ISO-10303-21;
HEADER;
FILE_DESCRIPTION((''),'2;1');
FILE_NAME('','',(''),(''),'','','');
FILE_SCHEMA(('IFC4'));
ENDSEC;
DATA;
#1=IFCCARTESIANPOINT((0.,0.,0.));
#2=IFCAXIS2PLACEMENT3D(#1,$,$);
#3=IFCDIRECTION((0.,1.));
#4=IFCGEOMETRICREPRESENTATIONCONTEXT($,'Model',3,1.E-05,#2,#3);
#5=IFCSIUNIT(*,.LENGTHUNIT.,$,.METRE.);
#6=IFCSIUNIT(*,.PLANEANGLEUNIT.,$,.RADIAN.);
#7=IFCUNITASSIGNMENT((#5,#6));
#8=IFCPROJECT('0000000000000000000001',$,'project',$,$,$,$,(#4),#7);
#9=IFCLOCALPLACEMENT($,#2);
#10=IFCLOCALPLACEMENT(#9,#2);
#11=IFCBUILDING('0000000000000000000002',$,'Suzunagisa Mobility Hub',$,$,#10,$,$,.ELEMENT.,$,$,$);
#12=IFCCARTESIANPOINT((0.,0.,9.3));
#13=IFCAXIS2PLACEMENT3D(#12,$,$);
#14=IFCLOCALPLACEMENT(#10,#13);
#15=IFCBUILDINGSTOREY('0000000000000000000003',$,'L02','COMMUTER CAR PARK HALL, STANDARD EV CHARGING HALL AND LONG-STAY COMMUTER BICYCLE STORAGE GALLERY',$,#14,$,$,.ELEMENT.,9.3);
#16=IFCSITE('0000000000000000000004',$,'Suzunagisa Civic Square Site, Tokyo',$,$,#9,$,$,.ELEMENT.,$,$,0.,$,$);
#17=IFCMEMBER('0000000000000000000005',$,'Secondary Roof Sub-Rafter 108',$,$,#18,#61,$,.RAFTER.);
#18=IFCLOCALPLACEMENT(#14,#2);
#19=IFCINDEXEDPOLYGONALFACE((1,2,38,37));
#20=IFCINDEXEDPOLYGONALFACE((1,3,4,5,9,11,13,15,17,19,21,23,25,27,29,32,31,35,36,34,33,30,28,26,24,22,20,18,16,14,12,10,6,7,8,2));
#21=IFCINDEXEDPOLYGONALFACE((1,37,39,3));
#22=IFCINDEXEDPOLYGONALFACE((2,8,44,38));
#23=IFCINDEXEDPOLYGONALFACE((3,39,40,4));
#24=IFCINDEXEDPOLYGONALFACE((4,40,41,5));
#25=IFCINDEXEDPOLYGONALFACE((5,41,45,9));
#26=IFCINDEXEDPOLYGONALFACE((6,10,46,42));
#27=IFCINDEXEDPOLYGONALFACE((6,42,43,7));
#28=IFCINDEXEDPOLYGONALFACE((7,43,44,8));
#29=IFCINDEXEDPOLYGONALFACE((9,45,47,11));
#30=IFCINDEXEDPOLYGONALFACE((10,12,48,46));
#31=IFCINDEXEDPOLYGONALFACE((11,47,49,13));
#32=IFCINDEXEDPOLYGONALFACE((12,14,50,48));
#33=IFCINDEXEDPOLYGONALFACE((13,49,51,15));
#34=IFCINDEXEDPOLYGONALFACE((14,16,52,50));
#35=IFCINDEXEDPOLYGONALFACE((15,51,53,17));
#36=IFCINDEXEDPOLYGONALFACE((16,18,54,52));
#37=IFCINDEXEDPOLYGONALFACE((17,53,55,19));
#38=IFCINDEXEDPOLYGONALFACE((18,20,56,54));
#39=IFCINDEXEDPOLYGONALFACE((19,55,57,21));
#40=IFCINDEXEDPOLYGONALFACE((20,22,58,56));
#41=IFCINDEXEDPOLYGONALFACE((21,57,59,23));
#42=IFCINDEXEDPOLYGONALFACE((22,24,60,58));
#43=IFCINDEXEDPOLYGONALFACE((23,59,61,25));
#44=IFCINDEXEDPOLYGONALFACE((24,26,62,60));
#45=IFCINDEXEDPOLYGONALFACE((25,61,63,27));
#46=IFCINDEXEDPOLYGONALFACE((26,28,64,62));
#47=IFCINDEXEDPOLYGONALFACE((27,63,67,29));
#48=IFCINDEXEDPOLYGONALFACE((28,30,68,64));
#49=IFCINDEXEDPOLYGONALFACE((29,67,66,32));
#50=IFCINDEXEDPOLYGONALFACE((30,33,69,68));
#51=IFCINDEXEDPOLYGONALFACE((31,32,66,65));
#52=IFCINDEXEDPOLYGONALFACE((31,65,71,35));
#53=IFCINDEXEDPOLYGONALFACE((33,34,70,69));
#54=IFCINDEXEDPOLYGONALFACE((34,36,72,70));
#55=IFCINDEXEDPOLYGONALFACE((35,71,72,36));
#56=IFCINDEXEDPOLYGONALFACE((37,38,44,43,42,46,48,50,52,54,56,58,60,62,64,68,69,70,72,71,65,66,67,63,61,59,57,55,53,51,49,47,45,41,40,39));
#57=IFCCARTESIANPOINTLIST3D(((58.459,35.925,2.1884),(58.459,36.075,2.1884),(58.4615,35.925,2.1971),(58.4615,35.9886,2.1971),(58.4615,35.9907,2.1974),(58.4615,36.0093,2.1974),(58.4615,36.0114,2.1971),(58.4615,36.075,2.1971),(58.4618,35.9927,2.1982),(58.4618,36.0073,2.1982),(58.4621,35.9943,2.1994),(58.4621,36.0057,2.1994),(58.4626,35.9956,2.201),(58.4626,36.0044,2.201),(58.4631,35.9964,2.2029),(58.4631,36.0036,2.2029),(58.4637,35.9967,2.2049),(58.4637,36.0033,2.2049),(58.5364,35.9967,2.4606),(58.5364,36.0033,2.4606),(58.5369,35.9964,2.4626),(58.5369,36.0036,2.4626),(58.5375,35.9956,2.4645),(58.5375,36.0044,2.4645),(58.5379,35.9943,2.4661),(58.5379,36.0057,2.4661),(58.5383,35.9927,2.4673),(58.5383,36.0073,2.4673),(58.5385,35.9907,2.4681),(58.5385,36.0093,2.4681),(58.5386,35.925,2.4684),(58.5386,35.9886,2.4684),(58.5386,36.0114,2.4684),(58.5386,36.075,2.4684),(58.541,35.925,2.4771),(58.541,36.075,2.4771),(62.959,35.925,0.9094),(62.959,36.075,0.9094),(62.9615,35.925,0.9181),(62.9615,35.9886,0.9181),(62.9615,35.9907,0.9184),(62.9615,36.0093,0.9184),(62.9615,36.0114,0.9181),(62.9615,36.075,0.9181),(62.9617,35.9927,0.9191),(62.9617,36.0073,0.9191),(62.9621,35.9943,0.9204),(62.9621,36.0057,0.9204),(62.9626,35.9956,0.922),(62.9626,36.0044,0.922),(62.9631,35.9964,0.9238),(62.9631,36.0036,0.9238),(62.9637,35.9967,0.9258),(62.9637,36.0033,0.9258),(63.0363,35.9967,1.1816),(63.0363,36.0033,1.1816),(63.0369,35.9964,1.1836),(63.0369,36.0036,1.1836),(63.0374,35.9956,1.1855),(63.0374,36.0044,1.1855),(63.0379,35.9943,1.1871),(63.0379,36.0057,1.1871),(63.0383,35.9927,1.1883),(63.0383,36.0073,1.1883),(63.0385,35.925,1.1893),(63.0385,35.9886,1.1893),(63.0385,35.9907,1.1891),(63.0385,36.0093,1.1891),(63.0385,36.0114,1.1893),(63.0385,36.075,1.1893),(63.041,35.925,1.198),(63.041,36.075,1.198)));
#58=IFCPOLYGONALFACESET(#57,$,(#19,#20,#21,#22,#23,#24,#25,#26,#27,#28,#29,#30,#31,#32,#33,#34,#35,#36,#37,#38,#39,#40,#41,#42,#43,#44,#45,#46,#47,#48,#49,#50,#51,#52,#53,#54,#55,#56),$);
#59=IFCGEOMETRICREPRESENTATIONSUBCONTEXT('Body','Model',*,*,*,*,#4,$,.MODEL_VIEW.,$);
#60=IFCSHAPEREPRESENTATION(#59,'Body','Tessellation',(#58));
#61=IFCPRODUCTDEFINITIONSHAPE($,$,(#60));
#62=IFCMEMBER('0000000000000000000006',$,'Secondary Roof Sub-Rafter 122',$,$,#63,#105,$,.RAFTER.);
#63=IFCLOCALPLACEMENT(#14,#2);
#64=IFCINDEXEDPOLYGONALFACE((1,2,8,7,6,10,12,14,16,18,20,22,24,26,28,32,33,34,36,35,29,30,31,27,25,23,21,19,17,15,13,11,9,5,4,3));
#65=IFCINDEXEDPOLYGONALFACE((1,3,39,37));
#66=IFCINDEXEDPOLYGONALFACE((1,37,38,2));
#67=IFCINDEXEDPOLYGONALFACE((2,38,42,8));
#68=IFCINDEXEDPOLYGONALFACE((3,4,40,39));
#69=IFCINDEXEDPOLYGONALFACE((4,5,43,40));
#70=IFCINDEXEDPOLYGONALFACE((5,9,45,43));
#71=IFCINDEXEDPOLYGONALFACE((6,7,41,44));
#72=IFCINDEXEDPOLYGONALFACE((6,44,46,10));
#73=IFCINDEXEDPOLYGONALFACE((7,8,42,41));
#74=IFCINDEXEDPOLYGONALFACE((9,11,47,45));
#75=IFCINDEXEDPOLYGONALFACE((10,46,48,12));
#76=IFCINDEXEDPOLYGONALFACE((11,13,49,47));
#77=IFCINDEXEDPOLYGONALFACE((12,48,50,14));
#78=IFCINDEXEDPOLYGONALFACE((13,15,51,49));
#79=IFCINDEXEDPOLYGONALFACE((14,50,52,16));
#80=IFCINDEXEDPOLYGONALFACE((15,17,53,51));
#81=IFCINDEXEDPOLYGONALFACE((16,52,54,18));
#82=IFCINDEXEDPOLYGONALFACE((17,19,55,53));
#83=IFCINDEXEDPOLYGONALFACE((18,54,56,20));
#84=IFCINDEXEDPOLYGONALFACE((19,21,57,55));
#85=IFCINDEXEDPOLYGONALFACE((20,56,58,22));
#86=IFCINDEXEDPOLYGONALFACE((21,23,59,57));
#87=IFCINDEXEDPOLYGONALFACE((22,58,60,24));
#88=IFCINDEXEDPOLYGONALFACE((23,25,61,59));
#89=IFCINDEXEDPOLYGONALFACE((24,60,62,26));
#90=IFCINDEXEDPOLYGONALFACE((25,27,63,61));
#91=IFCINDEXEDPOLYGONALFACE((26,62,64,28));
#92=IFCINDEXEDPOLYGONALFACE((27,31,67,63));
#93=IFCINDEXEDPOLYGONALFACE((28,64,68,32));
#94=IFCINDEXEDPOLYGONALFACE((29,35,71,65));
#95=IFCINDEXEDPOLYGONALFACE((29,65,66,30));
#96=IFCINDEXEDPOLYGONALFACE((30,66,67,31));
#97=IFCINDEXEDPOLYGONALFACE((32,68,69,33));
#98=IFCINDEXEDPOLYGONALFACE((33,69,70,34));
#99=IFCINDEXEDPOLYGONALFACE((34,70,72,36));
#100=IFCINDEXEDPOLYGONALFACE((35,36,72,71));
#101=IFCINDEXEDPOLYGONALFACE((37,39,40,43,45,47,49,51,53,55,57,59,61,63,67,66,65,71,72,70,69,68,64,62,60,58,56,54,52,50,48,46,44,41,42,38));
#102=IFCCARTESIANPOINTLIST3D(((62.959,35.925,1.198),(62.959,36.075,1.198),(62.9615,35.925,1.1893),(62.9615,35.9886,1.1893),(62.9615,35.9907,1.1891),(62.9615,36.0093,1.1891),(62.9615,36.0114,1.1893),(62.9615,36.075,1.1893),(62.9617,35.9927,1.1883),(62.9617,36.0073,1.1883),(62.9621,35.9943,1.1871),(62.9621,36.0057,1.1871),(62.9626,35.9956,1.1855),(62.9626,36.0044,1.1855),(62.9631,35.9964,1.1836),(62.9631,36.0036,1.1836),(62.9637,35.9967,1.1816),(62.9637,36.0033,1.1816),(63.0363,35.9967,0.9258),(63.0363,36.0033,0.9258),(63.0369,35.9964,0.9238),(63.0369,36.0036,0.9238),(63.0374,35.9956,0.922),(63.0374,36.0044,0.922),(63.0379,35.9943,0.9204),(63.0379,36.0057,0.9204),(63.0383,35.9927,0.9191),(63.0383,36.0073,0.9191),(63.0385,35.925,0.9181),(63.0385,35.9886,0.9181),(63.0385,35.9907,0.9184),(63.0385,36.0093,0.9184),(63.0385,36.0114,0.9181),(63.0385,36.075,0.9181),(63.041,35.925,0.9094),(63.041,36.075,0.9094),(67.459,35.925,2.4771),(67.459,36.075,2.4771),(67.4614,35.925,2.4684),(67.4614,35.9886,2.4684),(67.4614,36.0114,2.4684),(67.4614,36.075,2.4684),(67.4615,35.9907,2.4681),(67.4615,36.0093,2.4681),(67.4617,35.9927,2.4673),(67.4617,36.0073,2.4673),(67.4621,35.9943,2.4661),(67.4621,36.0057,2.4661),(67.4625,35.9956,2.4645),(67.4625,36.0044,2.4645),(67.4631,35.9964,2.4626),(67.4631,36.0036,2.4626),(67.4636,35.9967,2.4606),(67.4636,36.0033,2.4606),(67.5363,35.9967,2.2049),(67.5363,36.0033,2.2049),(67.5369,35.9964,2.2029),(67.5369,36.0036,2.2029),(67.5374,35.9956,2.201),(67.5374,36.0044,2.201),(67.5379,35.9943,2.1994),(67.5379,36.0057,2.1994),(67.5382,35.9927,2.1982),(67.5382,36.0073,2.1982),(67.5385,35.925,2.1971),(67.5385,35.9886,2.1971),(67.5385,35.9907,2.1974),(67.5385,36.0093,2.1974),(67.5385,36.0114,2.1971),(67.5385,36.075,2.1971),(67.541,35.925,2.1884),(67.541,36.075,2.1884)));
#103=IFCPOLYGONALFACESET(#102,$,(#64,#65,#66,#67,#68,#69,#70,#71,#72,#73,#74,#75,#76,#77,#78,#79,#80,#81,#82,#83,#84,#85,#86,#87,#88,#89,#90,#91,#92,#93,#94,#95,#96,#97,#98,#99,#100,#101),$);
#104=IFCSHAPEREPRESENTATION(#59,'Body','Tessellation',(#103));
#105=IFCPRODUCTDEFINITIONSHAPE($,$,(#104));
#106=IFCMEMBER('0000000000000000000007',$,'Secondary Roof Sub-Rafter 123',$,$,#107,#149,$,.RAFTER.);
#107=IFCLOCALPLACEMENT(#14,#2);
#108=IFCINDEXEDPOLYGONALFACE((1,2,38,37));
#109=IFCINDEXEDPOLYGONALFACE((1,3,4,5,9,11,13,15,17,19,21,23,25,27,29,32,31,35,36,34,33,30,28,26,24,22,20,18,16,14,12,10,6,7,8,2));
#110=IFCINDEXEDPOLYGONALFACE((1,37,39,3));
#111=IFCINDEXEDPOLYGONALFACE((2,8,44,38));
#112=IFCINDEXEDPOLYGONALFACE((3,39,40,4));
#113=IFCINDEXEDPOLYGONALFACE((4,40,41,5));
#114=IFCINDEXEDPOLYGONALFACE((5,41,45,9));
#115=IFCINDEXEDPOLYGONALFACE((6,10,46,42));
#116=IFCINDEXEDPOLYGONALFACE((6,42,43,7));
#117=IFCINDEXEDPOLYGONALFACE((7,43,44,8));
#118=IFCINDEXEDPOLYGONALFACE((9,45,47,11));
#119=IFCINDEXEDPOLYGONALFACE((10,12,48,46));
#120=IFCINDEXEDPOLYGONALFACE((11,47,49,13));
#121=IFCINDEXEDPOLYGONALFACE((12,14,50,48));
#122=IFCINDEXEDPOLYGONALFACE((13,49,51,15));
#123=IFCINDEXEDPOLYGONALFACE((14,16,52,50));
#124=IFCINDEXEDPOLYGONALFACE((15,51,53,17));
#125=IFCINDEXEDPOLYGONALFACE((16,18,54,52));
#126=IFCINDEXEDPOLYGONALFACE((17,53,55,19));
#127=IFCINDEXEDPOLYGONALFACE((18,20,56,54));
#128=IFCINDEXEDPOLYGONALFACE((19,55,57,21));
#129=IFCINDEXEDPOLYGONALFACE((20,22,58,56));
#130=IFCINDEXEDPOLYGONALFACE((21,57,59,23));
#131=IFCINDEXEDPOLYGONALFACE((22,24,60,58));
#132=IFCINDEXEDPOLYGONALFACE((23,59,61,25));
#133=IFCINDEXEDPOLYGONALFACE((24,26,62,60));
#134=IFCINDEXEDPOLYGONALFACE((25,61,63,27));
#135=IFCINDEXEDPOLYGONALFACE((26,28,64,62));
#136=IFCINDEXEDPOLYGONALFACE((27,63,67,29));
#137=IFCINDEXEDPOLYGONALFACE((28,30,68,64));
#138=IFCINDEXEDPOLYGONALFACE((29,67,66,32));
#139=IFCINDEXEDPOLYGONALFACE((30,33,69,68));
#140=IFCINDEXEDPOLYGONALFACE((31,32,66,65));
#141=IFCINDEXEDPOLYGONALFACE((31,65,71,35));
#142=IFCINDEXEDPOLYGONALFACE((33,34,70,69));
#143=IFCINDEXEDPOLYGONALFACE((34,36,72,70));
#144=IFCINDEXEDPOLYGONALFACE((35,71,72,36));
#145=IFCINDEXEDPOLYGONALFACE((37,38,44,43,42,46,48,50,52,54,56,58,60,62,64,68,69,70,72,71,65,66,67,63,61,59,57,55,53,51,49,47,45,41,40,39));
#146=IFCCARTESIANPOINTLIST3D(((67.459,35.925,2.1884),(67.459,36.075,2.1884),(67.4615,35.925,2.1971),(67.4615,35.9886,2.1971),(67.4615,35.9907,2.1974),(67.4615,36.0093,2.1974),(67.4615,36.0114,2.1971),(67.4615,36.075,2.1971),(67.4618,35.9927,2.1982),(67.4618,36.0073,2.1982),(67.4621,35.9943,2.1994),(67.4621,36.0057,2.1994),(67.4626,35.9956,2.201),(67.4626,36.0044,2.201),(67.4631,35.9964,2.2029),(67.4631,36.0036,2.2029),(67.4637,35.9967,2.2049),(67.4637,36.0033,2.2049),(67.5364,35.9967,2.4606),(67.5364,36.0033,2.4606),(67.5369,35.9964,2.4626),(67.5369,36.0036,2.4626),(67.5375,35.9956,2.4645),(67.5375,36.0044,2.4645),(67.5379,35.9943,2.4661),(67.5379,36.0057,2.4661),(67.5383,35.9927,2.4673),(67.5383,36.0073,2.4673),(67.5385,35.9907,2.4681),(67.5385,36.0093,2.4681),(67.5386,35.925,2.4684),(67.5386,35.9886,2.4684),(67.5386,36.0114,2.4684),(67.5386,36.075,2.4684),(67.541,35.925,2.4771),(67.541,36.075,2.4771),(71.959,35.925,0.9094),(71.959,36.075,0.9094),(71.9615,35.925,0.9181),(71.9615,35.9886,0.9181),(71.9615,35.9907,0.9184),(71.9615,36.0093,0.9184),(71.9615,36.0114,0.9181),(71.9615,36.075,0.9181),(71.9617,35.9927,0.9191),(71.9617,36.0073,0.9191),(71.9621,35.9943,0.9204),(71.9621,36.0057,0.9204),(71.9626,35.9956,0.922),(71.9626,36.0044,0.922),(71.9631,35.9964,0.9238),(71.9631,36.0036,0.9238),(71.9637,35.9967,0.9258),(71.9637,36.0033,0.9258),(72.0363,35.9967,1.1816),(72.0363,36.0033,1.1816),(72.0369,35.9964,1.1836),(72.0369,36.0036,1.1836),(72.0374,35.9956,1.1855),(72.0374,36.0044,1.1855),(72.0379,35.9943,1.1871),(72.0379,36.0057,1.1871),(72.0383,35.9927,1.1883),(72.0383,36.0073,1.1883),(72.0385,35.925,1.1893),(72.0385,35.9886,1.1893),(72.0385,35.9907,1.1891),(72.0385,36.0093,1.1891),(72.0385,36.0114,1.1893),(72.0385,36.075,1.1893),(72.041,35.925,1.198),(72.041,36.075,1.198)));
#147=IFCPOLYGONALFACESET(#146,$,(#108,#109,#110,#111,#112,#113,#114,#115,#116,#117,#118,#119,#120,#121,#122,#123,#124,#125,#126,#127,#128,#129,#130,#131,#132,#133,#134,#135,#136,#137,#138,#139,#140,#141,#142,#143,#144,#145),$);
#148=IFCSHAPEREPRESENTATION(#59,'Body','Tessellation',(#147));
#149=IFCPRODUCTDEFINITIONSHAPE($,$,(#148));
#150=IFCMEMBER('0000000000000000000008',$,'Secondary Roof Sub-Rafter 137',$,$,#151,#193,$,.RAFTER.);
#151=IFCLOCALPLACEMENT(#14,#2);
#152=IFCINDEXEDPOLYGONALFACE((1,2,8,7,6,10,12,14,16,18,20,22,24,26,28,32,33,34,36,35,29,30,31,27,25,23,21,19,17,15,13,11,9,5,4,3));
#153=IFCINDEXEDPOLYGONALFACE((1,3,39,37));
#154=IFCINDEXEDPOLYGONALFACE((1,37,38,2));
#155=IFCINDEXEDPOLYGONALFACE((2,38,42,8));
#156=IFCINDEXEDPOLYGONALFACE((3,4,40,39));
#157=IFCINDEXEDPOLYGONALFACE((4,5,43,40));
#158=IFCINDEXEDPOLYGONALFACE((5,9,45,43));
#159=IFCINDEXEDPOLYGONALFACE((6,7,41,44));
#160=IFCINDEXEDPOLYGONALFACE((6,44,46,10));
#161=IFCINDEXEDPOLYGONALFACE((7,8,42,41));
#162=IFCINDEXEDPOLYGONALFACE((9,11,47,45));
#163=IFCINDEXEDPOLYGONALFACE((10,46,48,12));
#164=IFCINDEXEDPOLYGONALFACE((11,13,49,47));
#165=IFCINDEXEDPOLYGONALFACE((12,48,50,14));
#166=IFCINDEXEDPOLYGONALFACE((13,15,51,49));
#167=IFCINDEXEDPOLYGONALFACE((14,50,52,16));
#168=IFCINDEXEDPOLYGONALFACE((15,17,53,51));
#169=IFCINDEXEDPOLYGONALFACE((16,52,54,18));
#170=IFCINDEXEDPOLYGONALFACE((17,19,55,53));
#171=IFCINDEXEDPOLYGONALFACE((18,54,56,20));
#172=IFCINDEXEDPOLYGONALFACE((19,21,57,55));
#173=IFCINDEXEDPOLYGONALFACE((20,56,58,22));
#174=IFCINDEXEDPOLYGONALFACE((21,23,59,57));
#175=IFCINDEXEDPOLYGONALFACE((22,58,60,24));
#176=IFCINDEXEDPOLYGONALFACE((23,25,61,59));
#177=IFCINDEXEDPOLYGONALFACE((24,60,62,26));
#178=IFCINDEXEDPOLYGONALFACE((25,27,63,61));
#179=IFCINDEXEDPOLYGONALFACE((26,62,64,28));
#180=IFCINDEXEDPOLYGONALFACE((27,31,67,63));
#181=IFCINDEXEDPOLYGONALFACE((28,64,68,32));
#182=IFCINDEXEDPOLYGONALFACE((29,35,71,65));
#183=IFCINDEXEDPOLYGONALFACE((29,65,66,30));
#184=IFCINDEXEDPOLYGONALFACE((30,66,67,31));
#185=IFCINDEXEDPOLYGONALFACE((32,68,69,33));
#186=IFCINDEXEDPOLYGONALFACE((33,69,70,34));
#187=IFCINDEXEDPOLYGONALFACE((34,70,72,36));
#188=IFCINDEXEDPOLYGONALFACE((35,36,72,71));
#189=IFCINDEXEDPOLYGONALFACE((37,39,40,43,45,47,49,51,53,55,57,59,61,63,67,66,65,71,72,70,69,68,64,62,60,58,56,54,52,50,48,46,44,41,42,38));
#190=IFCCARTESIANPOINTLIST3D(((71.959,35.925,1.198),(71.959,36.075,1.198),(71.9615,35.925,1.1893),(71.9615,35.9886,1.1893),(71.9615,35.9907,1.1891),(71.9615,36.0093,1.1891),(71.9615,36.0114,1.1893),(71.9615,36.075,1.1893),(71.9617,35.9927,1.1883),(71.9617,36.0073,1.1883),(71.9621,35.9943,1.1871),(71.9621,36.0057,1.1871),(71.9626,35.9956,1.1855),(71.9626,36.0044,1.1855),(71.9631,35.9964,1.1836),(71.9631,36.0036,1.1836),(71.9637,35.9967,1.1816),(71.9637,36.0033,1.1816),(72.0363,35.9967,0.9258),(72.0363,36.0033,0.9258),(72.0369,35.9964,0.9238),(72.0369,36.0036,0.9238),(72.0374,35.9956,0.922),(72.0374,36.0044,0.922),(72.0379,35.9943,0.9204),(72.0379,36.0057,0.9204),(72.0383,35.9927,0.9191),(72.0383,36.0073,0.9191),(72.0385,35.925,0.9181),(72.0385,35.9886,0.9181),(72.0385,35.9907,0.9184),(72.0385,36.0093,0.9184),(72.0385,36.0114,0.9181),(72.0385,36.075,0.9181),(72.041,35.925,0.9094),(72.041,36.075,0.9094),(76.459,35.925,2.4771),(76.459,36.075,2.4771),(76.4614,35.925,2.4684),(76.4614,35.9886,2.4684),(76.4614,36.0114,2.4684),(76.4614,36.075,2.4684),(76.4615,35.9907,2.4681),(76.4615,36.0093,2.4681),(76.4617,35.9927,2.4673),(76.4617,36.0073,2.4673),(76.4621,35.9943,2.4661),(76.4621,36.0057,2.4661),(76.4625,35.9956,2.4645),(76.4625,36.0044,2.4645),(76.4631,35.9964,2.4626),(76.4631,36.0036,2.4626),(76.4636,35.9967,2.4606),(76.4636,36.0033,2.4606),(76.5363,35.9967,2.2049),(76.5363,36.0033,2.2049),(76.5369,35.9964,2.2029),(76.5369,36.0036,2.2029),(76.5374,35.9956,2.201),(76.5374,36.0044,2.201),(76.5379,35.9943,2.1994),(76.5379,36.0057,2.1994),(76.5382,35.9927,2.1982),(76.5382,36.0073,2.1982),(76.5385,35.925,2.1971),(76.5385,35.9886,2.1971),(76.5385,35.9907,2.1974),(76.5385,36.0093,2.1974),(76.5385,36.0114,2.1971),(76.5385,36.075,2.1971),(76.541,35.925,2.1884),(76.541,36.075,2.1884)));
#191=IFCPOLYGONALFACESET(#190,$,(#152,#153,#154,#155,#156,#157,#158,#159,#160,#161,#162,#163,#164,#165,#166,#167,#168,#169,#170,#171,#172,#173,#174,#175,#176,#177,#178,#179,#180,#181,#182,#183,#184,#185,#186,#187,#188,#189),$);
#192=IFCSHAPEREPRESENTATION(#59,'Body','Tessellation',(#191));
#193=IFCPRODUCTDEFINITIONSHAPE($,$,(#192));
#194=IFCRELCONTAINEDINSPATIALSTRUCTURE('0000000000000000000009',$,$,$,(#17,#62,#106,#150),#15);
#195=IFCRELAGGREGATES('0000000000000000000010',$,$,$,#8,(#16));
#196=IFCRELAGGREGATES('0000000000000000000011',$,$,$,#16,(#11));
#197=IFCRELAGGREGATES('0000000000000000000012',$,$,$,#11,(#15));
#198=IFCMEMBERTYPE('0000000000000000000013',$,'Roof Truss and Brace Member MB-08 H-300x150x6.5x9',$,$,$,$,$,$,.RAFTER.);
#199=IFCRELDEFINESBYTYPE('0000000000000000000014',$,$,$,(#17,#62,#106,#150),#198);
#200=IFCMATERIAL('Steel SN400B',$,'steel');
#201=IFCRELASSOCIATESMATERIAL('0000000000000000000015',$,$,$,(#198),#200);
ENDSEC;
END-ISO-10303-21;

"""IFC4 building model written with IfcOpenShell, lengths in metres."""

from ifc_helpers import new_model, si_unit, direction, frame, origin, origin_2d, place, context, subcontext, project, spatial, i_section, extrude, material, material_profile, profile_set, type_object, element, save


model = new_model("IFC4")

# Units and contexts
model_context = context("Model", 3, precision=1e-05, world=origin(), true_north=direction((0.0, 1.0)))
body_context = subcontext(model_context, "Body", "Model", "MODEL_VIEW")
ifc_project = project(units=[si_unit("LENGTHUNIT", "METRE"), si_unit("PLANEANGLEUNIT", "RADIAN")], contexts=[model_context])

# Site, building, storey
site_placement = place(None, origin())
site = spatial("IfcSite", under=ifc_project, at=site_placement, Name="Suzunagisa Civic Square Site, Tokyo", CompositionType="ELEMENT", RefElevation=0.0)
building_placement = place(site_placement, origin())
building = spatial("IfcBuilding", under=site, at=building_placement, Name="Suzunagisa Mobility Hub", CompositionType="ELEMENT")
storey_placement = place(building_placement, frame((0.0, 0.0, 9.3)))
storey = spatial("IfcBuildingStorey", under=building, at=storey_placement, Name="L02", Description="COMMUTER CAR PARK HALL, STANDARD EV CHARGING HALL AND LONG-STAY COMMUTER BICYCLE STORAGE GALLERY", CompositionType="ELEMENT", Elevation=9.3)

# Members
ifc_material_1 = material(Name="Steel SN400B", Category="steel")
ifc_material_profile_1 = material_profile(ifc_material_1, i_section(OverallWidth=0.1499, OverallDepth=0.3, WebThickness=0.0066, FlangeThickness=0.009, FilletRadius=0.0081, at=origin_2d()), Name="H-300x150x6.5x9")
ifc_profile_set_1 = profile_set([ifc_material_profile_1], Name="Steel SN400B")
member_type_1 = type_object("IfcMemberType", Name="Roof Truss and Brace Member MB-08 H-300x150x6.5x9", PredefinedType="RAFTER", material=ifc_profile_set_1)
for number, where, z_axis, x_axis, name in (
    (1, (63.0, 36.0, 1.0537), (-0.961899, 0.0, 0.273404), (0.0, -1.0, 0.0), "Secondary Roof Sub-Rafter 108"),
    (2, (63.0, 36.0, 1.0537), (0.961899, 0.0, 0.273404), (0.0, 1.0, 0.0), "Secondary Roof Sub-Rafter 122"),
    (3, (72.0, 36.0, 1.0537), (-0.961899, 0.0, 0.273404), (0.0, -1.0, 0.0), "Secondary Roof Sub-Rafter 123"),
    (4, (72.0, 36.0, 1.0537), (0.961899, 0.0, 0.273404), (0.0, 1.0, 0.0), "Secondary Roof Sub-Rafter 137"),
):
    element("IfcMember", number, at=place(storey_placement, frame(where, z_axis=z_axis, x_axis=x_axis)), inside=storey, type_object=member_type_1, Name=name, PredefinedType="RAFTER", context=body_context, shape_type="SweptSolid", body=[
        extrude(i_section(OverallWidth=0.1499, OverallDepth=0.3, WebThickness=0.0066, FlangeThickness=0.009, FilletRadius=0.0081, at=origin_2d()), origin(), (0.0, 0.0, 1.0), 4.6782),
    ])

save(model, "model.ifc")
